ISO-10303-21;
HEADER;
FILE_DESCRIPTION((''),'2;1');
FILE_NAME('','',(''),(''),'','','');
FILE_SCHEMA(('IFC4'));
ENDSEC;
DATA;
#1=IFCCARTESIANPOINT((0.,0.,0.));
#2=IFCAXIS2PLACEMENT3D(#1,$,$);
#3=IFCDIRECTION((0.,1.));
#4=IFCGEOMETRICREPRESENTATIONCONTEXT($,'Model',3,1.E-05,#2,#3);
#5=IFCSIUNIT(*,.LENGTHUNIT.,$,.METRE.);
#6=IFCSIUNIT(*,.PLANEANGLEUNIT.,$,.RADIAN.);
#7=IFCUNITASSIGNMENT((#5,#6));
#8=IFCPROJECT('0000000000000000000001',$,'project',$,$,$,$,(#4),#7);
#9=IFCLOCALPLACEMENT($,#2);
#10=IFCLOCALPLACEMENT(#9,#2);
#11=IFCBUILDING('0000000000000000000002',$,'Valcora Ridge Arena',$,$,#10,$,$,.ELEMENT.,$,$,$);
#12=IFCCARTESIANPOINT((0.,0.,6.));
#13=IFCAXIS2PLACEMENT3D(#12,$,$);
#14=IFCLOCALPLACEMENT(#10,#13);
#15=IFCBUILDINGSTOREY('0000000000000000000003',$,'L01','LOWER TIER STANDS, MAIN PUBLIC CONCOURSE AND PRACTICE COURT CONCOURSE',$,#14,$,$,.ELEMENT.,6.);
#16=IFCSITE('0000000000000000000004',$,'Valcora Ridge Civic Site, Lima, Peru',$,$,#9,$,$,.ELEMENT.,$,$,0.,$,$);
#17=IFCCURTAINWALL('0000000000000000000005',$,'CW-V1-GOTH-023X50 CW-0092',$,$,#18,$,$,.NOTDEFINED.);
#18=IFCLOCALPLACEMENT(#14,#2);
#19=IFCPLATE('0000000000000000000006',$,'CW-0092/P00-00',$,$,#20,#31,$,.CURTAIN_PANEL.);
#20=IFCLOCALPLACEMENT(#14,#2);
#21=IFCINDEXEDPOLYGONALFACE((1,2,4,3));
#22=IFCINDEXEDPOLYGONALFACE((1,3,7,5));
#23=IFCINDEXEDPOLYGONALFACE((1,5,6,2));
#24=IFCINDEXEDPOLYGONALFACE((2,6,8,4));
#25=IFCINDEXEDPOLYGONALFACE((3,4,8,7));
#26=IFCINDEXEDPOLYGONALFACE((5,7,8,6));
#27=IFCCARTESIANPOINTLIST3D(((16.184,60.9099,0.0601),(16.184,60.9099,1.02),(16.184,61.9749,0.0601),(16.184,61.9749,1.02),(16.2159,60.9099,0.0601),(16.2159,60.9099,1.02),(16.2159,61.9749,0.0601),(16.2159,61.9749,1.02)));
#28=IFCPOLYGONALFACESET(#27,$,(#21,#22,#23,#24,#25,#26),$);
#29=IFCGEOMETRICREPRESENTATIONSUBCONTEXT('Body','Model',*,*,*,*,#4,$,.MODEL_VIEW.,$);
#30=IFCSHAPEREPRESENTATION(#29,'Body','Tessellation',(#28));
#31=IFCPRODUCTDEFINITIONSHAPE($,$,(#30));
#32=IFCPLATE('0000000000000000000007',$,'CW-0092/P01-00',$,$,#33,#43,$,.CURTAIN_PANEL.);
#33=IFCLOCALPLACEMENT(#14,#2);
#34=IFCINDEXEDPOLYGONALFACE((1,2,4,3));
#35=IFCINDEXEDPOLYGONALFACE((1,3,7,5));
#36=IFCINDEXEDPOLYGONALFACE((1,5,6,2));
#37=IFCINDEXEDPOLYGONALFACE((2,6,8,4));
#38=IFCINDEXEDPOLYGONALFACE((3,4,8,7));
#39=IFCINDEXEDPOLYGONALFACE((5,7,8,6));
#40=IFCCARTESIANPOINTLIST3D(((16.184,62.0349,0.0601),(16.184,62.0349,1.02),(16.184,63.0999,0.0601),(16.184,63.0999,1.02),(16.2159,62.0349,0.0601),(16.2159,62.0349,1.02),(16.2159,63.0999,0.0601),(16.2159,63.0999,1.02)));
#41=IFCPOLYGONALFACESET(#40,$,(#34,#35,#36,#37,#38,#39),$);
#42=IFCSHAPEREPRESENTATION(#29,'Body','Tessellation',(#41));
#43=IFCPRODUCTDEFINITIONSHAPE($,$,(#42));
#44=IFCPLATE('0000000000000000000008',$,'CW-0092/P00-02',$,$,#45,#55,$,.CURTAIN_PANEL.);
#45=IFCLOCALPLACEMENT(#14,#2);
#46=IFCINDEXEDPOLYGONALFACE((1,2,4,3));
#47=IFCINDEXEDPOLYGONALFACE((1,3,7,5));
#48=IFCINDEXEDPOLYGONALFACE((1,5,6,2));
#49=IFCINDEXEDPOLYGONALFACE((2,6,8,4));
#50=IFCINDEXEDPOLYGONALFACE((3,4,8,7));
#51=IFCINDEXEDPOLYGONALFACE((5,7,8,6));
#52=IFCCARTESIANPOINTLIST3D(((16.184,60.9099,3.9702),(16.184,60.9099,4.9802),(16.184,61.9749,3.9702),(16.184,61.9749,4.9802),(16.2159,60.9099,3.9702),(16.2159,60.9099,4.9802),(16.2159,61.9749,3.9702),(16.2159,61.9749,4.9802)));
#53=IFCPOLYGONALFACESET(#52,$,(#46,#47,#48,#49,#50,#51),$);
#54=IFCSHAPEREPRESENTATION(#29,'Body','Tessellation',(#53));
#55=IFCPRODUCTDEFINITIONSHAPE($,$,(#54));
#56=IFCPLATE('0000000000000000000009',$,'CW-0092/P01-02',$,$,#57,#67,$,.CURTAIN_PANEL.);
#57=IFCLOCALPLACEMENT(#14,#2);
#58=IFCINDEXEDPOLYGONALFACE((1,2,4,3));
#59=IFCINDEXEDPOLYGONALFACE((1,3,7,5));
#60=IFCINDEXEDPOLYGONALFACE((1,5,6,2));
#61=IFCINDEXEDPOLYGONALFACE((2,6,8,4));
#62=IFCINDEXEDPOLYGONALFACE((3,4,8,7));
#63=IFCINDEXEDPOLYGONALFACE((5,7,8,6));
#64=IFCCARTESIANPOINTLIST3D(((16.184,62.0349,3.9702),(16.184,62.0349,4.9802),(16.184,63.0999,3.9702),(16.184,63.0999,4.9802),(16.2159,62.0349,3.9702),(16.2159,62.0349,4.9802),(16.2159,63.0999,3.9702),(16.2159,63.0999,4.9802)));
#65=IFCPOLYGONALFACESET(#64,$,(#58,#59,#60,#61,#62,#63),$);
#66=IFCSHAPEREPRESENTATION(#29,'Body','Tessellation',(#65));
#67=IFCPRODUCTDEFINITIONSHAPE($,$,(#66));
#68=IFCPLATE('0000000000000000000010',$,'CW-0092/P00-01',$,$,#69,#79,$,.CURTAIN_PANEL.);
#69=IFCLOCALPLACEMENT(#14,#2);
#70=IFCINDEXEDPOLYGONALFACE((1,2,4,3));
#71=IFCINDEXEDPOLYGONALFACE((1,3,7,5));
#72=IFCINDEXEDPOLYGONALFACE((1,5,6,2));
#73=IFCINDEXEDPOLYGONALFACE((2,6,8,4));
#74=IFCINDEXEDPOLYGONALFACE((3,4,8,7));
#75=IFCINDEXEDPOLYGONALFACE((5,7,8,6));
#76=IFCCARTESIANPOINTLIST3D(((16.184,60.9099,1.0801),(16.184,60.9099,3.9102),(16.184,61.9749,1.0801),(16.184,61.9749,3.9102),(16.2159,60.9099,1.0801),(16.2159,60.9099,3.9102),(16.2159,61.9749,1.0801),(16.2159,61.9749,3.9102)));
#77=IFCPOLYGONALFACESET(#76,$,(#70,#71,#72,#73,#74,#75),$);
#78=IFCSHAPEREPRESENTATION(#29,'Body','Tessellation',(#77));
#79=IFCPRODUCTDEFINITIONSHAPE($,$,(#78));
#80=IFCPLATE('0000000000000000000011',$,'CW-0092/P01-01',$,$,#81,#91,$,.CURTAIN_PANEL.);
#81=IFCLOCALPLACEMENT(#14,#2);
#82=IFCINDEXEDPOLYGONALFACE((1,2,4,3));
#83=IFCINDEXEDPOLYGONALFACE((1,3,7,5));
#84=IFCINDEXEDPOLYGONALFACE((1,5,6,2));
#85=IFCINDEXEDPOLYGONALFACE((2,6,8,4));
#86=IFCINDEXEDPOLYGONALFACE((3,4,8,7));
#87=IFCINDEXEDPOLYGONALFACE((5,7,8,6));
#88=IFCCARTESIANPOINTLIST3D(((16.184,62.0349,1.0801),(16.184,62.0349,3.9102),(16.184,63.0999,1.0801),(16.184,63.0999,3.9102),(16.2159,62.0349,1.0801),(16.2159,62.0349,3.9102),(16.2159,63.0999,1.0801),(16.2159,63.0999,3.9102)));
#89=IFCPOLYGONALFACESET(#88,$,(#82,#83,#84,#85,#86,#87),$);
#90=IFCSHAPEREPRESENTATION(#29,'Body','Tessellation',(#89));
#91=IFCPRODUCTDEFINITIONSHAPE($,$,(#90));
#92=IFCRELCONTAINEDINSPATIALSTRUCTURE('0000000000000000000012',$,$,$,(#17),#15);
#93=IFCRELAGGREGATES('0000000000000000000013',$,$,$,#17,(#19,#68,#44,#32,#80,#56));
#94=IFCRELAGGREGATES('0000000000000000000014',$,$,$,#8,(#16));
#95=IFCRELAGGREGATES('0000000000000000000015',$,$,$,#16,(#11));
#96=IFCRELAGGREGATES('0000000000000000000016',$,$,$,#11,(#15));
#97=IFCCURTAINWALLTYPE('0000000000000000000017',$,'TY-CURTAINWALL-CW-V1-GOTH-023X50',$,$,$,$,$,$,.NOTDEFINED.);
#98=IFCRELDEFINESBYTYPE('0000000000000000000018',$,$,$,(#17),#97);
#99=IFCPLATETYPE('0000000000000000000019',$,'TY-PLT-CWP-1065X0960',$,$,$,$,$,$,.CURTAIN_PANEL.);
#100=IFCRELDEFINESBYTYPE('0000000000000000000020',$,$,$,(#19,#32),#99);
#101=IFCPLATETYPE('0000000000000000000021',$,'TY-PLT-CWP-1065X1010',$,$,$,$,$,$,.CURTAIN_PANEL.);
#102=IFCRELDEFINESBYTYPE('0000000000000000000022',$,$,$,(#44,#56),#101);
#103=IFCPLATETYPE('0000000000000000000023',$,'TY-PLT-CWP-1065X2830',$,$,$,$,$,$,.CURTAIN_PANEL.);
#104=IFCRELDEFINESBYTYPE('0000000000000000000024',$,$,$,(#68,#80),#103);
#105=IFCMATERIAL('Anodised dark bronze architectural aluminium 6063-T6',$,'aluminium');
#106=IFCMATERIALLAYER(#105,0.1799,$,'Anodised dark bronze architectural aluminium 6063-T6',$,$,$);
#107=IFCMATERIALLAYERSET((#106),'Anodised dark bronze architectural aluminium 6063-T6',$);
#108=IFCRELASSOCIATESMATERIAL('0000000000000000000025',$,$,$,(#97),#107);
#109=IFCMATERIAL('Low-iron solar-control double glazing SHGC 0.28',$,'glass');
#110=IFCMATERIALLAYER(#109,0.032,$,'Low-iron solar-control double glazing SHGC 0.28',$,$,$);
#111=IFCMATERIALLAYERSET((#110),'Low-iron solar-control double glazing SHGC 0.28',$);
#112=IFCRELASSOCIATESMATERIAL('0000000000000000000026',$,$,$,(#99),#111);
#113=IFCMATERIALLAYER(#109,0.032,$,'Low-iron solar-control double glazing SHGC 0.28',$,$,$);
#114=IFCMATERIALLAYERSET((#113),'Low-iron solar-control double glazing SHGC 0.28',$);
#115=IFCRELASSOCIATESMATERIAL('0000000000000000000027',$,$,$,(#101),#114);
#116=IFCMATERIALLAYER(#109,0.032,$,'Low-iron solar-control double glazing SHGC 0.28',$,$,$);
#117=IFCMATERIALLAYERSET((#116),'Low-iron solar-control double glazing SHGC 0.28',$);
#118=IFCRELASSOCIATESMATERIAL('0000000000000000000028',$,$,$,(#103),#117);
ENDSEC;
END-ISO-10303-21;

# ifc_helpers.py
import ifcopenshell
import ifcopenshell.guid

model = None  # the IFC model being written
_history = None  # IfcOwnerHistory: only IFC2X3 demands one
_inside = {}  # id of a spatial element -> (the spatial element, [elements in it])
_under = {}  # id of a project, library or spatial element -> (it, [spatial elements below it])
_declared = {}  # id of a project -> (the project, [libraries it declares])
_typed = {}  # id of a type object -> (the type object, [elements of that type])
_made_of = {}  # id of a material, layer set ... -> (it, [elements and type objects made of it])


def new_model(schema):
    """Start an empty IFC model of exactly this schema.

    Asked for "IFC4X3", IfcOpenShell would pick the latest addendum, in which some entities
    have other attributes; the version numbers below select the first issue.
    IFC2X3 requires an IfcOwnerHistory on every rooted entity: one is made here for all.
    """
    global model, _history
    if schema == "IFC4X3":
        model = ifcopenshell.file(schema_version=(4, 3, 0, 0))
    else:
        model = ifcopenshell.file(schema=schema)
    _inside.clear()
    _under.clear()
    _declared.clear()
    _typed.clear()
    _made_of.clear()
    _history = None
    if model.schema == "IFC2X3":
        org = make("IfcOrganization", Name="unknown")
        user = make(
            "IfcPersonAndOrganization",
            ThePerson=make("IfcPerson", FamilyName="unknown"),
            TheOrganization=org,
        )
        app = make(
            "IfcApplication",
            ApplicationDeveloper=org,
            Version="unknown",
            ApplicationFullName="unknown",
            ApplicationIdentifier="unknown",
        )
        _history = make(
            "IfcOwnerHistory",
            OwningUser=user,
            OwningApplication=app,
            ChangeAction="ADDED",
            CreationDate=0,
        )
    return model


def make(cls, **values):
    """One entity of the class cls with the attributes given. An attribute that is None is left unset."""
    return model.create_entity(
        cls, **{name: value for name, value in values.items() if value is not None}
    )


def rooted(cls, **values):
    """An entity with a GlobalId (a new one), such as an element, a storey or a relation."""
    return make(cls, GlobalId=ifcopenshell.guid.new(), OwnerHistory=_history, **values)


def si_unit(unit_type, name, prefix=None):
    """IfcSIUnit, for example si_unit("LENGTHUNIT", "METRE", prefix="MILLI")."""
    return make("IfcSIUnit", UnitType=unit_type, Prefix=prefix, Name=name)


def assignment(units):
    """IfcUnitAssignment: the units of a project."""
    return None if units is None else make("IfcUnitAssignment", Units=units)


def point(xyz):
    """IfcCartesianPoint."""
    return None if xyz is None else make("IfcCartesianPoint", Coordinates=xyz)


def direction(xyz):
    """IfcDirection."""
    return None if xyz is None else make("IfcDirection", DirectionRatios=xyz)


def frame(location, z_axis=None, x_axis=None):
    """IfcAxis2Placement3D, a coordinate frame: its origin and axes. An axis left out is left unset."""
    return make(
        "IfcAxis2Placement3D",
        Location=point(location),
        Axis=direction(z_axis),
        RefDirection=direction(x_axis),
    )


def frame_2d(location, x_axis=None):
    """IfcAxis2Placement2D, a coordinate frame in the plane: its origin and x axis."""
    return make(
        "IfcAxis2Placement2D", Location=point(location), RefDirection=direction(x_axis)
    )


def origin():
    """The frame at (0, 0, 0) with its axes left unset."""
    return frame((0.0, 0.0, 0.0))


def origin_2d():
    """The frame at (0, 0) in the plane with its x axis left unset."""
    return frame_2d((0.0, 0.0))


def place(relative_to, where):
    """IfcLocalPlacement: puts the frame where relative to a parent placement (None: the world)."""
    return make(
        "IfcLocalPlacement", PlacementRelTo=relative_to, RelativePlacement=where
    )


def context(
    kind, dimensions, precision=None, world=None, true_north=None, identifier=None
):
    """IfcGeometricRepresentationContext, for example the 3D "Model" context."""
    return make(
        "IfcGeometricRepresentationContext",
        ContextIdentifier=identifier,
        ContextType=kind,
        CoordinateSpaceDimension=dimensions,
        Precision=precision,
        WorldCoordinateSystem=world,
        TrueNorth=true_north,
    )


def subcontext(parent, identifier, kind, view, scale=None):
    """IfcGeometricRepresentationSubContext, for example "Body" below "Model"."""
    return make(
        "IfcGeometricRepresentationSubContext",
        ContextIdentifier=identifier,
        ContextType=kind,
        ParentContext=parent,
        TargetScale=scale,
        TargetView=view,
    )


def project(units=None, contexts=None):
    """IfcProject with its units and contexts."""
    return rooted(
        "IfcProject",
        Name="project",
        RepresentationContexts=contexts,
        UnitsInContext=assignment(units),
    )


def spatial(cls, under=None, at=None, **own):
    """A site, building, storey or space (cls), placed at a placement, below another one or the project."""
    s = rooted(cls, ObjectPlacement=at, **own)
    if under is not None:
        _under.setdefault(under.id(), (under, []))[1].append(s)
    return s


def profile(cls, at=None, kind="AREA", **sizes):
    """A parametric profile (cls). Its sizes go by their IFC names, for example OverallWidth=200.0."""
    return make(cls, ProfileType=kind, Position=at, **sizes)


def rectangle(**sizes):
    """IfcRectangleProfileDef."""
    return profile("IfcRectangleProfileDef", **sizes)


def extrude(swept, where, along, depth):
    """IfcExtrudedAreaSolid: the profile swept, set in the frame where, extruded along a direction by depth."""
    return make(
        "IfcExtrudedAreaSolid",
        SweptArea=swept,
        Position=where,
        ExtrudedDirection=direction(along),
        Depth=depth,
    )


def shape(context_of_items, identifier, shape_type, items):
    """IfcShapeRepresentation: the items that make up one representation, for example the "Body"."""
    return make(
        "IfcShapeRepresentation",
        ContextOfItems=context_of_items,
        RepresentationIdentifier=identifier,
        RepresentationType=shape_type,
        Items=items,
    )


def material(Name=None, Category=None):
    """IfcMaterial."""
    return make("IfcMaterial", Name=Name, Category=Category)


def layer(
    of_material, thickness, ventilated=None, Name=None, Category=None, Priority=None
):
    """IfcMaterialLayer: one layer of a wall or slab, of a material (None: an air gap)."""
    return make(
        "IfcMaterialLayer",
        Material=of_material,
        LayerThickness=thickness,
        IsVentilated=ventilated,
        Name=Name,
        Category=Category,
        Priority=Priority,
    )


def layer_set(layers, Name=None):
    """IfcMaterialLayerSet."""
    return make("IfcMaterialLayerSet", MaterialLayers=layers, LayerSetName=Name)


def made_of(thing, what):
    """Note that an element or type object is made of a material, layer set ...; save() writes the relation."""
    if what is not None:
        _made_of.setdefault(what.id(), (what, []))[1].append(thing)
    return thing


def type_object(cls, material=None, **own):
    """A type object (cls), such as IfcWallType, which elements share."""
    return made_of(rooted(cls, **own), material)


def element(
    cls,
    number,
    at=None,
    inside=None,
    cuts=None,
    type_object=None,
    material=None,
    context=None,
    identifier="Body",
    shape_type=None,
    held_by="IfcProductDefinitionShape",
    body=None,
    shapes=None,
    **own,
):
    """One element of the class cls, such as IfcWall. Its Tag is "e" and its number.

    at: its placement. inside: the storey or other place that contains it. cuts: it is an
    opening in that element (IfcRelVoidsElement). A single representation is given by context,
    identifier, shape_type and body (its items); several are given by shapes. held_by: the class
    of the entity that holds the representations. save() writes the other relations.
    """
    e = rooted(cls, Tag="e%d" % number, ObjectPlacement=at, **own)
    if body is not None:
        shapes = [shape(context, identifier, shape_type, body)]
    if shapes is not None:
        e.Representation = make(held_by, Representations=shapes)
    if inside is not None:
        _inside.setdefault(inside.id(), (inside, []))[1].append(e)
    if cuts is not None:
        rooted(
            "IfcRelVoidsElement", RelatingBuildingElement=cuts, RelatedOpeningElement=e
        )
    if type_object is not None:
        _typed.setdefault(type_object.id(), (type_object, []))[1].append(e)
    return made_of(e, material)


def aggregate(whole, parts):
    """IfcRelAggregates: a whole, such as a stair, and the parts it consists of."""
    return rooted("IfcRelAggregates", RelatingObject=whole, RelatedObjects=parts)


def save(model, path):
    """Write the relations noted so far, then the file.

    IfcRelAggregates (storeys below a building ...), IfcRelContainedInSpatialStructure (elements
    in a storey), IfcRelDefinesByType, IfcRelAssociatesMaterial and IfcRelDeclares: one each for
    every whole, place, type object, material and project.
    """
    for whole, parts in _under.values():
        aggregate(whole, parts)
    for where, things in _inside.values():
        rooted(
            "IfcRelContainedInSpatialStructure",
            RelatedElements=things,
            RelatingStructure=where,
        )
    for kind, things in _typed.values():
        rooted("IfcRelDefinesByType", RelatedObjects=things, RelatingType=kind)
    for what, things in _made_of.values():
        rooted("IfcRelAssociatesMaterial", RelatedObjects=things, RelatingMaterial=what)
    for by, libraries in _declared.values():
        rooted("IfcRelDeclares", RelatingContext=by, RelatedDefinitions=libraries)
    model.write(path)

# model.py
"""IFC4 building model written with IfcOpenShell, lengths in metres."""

from ifc_helpers import new_model, si_unit, direction, frame, origin, origin_2d, place, context, subcontext, project, spatial, rectangle, extrude, material, layer, layer_set, type_object, element, aggregate, save


model = new_model("IFC4")

# Units and contexts
model_context = context("Model", 3, precision=1e-05, world=origin(), true_north=direction((0.0, 1.0)))
body_context = subcontext(model_context, "Body", "Model", "MODEL_VIEW")
ifc_project = project(units=[si_unit("LENGTHUNIT", "METRE"), si_unit("PLANEANGLEUNIT", "RADIAN")], contexts=[model_context])

# Site, building, storey
site_placement = place(None, origin())
site = spatial("IfcSite", under=ifc_project, at=site_placement, Name="Valcora Ridge Civic Site, Lima, Peru", CompositionType="ELEMENT", RefElevation=0.0)
building_placement = place(site_placement, origin())
building = spatial("IfcBuilding", under=site, at=building_placement, Name="Valcora Ridge Arena", CompositionType="ELEMENT")
storey_placement = place(building_placement, frame((0.0, 0.0, 6.0)))
storey = spatial("IfcBuildingStorey", under=building, at=storey_placement, Name="L01", Description="LOWER TIER STANDS, MAIN PUBLIC CONCOURSE AND PRACTICE COURT CONCOURSE", CompositionType="ELEMENT", Elevation=6.0)

# Shared definitions
ifc_material_1 = material(Name="Anodised dark bronze architectural aluminium 6063-T6", Category="aluminium")

# Curtain wall
ifc_layer_1 = layer(ifc_material_1, 0.1799, Name="Anodised dark bronze architectural aluminium 6063-T6")
ifc_layer_set_1 = layer_set([ifc_layer_1], Name="Anodised dark bronze architectural aluminium 6063-T6")
curtain_wall_type_1 = type_object("IfcCurtainWallType", Name="TY-CURTAINWALL-CW-V1-GOTH-023X50", PredefinedType="NOTDEFINED", material=ifc_layer_set_1)
curtain_wall_1_placement = place(storey_placement, origin())
curtain_wall_1 = element("IfcCurtainWall", 1, at=curtain_wall_1_placement, inside=storey, type_object=curtain_wall_type_1, Name="CW-V1-GOTH-023X50 CW-0092", PredefinedType="NOTDEFINED")

# Plates
ifc_material_2 = material(Name="Low-iron solar-control double glazing SHGC 0.28", Category="glass")
ifc_layer_2 = layer(ifc_material_2, 0.032, Name="Low-iron solar-control double glazing SHGC 0.28")
ifc_layer_set_2 = layer_set([ifc_layer_2], Name="Low-iron solar-control double glazing SHGC 0.28")
plate_type_1 = type_object("IfcPlateType", Name="TY-PLT-CWP-1065X0960", PredefinedType="CURTAIN_PANEL", material=ifc_layer_set_2)
plate_1_placement = place(storey_placement, frame((16.2, 61.4424, 0.0601), z_axis=(0.0, 0.0, 1.0), x_axis=(0.0, 1.0, 0.0)))
plate_1 = element("IfcPlate", 2, at=plate_1_placement, type_object=plate_type_1, Name="CW-0092/P00-00", PredefinedType="CURTAIN_PANEL", context=body_context, shape_type="SweptSolid", body=[
    extrude(rectangle(XDim=1.0649, YDim=0.032, at=origin_2d()), origin(), (0.0, 0.0, 1.0), 0.96),
])
plate_2_placement = place(storey_placement, frame((16.2, 62.5674, 0.0601), z_axis=(0.0, 0.0, 1.0), x_axis=(0.0, 1.0, 0.0)))
plate_2 = element("IfcPlate", 3, at=plate_2_placement, type_object=plate_type_1, Name="CW-0092/P01-00", PredefinedType="CURTAIN_PANEL", context=body_context, shape_type="SweptSolid", body=[
    extrude(rectangle(XDim=1.0649, YDim=0.032, at=origin_2d()), origin(), (0.0, 0.0, 1.0), 0.96),
])
ifc_layer_3 = layer(ifc_material_2, 0.032, Name="Low-iron solar-control double glazing SHGC 0.28")
ifc_layer_set_3 = layer_set([ifc_layer_3], Name="Low-iron solar-control double glazing SHGC 0.28")
plate_type_2 = type_object("IfcPlateType", Name="TY-PLT-CWP-1065X1010", PredefinedType="CURTAIN_PANEL", material=ifc_layer_set_3)
plate_3_placement = place(storey_placement, frame((16.2, 61.4424, 3.9702), z_axis=(0.0, 0.0, 1.0), x_axis=(0.0, 1.0, 0.0)))
plate_3 = element("IfcPlate", 4, at=plate_3_placement, type_object=plate_type_2, Name="CW-0092/P00-02", PredefinedType="CURTAIN_PANEL", context=body_context, shape_type="SweptSolid", body=[
    extrude(rectangle(XDim=1.0649, YDim=0.032, at=origin_2d()), origin(), (0.0, 0.0, 1.0), 1.01),
])
plate_4_placement = place(storey_placement, frame((16.2, 62.5674, 3.9702), z_axis=(0.0, 0.0, 1.0), x_axis=(0.0, 1.0, 0.0)))
plate_4 = element("IfcPlate", 5, at=plate_4_placement, type_object=plate_type_2, Name="CW-0092/P01-02", PredefinedType="CURTAIN_PANEL", context=body_context, shape_type="SweptSolid", body=[
    extrude(rectangle(XDim=1.0649, YDim=0.032, at=origin_2d()), origin(), (0.0, 0.0, 1.0), 1.01),
])
ifc_layer_4 = layer(ifc_material_2, 0.032, Name="Low-iron solar-control double glazing SHGC 0.28")
ifc_layer_set_4 = layer_set([ifc_layer_4], Name="Low-iron solar-control double glazing SHGC 0.28")
plate_type_3 = type_object("IfcPlateType", Name="TY-PLT-CWP-1065X2830", PredefinedType="CURTAIN_PANEL", material=ifc_layer_set_4)
plate_5_placement = place(storey_placement, frame((16.2, 61.4424, 1.0801), z_axis=(0.0, 0.0, 1.0), x_axis=(0.0, 1.0, 0.0)))
plate_5 = element("IfcPlate", 6, at=plate_5_placement, type_object=plate_type_3, Name="CW-0092/P00-01", PredefinedType="CURTAIN_PANEL", context=body_context, shape_type="SweptSolid", body=[
    extrude(rectangle(XDim=1.0649, YDim=0.032, at=origin_2d()), origin(), (0.0, 0.0, 1.0), 2.8301),
])
plate_6_placement = place(storey_placement, frame((16.2, 62.5674, 1.0801), z_axis=(0.0, 0.0, 1.0), x_axis=(0.0, 1.0, 0.0)))
plate_6 = element("IfcPlate", 7, at=plate_6_placement, type_object=plate_type_3, Name="CW-0092/P01-01", PredefinedType="CURTAIN_PANEL", context=body_context, shape_type="SweptSolid", body=[
    extrude(rectangle(XDim=1.0649, YDim=0.032, at=origin_2d()), origin(), (0.0, 0.0, 1.0), 2.8301),
])
aggregate(curtain_wall_1, [plate_1, plate_5, plate_3, plate_2, plate_6, plate_4])

save(model, "model.ifc")
